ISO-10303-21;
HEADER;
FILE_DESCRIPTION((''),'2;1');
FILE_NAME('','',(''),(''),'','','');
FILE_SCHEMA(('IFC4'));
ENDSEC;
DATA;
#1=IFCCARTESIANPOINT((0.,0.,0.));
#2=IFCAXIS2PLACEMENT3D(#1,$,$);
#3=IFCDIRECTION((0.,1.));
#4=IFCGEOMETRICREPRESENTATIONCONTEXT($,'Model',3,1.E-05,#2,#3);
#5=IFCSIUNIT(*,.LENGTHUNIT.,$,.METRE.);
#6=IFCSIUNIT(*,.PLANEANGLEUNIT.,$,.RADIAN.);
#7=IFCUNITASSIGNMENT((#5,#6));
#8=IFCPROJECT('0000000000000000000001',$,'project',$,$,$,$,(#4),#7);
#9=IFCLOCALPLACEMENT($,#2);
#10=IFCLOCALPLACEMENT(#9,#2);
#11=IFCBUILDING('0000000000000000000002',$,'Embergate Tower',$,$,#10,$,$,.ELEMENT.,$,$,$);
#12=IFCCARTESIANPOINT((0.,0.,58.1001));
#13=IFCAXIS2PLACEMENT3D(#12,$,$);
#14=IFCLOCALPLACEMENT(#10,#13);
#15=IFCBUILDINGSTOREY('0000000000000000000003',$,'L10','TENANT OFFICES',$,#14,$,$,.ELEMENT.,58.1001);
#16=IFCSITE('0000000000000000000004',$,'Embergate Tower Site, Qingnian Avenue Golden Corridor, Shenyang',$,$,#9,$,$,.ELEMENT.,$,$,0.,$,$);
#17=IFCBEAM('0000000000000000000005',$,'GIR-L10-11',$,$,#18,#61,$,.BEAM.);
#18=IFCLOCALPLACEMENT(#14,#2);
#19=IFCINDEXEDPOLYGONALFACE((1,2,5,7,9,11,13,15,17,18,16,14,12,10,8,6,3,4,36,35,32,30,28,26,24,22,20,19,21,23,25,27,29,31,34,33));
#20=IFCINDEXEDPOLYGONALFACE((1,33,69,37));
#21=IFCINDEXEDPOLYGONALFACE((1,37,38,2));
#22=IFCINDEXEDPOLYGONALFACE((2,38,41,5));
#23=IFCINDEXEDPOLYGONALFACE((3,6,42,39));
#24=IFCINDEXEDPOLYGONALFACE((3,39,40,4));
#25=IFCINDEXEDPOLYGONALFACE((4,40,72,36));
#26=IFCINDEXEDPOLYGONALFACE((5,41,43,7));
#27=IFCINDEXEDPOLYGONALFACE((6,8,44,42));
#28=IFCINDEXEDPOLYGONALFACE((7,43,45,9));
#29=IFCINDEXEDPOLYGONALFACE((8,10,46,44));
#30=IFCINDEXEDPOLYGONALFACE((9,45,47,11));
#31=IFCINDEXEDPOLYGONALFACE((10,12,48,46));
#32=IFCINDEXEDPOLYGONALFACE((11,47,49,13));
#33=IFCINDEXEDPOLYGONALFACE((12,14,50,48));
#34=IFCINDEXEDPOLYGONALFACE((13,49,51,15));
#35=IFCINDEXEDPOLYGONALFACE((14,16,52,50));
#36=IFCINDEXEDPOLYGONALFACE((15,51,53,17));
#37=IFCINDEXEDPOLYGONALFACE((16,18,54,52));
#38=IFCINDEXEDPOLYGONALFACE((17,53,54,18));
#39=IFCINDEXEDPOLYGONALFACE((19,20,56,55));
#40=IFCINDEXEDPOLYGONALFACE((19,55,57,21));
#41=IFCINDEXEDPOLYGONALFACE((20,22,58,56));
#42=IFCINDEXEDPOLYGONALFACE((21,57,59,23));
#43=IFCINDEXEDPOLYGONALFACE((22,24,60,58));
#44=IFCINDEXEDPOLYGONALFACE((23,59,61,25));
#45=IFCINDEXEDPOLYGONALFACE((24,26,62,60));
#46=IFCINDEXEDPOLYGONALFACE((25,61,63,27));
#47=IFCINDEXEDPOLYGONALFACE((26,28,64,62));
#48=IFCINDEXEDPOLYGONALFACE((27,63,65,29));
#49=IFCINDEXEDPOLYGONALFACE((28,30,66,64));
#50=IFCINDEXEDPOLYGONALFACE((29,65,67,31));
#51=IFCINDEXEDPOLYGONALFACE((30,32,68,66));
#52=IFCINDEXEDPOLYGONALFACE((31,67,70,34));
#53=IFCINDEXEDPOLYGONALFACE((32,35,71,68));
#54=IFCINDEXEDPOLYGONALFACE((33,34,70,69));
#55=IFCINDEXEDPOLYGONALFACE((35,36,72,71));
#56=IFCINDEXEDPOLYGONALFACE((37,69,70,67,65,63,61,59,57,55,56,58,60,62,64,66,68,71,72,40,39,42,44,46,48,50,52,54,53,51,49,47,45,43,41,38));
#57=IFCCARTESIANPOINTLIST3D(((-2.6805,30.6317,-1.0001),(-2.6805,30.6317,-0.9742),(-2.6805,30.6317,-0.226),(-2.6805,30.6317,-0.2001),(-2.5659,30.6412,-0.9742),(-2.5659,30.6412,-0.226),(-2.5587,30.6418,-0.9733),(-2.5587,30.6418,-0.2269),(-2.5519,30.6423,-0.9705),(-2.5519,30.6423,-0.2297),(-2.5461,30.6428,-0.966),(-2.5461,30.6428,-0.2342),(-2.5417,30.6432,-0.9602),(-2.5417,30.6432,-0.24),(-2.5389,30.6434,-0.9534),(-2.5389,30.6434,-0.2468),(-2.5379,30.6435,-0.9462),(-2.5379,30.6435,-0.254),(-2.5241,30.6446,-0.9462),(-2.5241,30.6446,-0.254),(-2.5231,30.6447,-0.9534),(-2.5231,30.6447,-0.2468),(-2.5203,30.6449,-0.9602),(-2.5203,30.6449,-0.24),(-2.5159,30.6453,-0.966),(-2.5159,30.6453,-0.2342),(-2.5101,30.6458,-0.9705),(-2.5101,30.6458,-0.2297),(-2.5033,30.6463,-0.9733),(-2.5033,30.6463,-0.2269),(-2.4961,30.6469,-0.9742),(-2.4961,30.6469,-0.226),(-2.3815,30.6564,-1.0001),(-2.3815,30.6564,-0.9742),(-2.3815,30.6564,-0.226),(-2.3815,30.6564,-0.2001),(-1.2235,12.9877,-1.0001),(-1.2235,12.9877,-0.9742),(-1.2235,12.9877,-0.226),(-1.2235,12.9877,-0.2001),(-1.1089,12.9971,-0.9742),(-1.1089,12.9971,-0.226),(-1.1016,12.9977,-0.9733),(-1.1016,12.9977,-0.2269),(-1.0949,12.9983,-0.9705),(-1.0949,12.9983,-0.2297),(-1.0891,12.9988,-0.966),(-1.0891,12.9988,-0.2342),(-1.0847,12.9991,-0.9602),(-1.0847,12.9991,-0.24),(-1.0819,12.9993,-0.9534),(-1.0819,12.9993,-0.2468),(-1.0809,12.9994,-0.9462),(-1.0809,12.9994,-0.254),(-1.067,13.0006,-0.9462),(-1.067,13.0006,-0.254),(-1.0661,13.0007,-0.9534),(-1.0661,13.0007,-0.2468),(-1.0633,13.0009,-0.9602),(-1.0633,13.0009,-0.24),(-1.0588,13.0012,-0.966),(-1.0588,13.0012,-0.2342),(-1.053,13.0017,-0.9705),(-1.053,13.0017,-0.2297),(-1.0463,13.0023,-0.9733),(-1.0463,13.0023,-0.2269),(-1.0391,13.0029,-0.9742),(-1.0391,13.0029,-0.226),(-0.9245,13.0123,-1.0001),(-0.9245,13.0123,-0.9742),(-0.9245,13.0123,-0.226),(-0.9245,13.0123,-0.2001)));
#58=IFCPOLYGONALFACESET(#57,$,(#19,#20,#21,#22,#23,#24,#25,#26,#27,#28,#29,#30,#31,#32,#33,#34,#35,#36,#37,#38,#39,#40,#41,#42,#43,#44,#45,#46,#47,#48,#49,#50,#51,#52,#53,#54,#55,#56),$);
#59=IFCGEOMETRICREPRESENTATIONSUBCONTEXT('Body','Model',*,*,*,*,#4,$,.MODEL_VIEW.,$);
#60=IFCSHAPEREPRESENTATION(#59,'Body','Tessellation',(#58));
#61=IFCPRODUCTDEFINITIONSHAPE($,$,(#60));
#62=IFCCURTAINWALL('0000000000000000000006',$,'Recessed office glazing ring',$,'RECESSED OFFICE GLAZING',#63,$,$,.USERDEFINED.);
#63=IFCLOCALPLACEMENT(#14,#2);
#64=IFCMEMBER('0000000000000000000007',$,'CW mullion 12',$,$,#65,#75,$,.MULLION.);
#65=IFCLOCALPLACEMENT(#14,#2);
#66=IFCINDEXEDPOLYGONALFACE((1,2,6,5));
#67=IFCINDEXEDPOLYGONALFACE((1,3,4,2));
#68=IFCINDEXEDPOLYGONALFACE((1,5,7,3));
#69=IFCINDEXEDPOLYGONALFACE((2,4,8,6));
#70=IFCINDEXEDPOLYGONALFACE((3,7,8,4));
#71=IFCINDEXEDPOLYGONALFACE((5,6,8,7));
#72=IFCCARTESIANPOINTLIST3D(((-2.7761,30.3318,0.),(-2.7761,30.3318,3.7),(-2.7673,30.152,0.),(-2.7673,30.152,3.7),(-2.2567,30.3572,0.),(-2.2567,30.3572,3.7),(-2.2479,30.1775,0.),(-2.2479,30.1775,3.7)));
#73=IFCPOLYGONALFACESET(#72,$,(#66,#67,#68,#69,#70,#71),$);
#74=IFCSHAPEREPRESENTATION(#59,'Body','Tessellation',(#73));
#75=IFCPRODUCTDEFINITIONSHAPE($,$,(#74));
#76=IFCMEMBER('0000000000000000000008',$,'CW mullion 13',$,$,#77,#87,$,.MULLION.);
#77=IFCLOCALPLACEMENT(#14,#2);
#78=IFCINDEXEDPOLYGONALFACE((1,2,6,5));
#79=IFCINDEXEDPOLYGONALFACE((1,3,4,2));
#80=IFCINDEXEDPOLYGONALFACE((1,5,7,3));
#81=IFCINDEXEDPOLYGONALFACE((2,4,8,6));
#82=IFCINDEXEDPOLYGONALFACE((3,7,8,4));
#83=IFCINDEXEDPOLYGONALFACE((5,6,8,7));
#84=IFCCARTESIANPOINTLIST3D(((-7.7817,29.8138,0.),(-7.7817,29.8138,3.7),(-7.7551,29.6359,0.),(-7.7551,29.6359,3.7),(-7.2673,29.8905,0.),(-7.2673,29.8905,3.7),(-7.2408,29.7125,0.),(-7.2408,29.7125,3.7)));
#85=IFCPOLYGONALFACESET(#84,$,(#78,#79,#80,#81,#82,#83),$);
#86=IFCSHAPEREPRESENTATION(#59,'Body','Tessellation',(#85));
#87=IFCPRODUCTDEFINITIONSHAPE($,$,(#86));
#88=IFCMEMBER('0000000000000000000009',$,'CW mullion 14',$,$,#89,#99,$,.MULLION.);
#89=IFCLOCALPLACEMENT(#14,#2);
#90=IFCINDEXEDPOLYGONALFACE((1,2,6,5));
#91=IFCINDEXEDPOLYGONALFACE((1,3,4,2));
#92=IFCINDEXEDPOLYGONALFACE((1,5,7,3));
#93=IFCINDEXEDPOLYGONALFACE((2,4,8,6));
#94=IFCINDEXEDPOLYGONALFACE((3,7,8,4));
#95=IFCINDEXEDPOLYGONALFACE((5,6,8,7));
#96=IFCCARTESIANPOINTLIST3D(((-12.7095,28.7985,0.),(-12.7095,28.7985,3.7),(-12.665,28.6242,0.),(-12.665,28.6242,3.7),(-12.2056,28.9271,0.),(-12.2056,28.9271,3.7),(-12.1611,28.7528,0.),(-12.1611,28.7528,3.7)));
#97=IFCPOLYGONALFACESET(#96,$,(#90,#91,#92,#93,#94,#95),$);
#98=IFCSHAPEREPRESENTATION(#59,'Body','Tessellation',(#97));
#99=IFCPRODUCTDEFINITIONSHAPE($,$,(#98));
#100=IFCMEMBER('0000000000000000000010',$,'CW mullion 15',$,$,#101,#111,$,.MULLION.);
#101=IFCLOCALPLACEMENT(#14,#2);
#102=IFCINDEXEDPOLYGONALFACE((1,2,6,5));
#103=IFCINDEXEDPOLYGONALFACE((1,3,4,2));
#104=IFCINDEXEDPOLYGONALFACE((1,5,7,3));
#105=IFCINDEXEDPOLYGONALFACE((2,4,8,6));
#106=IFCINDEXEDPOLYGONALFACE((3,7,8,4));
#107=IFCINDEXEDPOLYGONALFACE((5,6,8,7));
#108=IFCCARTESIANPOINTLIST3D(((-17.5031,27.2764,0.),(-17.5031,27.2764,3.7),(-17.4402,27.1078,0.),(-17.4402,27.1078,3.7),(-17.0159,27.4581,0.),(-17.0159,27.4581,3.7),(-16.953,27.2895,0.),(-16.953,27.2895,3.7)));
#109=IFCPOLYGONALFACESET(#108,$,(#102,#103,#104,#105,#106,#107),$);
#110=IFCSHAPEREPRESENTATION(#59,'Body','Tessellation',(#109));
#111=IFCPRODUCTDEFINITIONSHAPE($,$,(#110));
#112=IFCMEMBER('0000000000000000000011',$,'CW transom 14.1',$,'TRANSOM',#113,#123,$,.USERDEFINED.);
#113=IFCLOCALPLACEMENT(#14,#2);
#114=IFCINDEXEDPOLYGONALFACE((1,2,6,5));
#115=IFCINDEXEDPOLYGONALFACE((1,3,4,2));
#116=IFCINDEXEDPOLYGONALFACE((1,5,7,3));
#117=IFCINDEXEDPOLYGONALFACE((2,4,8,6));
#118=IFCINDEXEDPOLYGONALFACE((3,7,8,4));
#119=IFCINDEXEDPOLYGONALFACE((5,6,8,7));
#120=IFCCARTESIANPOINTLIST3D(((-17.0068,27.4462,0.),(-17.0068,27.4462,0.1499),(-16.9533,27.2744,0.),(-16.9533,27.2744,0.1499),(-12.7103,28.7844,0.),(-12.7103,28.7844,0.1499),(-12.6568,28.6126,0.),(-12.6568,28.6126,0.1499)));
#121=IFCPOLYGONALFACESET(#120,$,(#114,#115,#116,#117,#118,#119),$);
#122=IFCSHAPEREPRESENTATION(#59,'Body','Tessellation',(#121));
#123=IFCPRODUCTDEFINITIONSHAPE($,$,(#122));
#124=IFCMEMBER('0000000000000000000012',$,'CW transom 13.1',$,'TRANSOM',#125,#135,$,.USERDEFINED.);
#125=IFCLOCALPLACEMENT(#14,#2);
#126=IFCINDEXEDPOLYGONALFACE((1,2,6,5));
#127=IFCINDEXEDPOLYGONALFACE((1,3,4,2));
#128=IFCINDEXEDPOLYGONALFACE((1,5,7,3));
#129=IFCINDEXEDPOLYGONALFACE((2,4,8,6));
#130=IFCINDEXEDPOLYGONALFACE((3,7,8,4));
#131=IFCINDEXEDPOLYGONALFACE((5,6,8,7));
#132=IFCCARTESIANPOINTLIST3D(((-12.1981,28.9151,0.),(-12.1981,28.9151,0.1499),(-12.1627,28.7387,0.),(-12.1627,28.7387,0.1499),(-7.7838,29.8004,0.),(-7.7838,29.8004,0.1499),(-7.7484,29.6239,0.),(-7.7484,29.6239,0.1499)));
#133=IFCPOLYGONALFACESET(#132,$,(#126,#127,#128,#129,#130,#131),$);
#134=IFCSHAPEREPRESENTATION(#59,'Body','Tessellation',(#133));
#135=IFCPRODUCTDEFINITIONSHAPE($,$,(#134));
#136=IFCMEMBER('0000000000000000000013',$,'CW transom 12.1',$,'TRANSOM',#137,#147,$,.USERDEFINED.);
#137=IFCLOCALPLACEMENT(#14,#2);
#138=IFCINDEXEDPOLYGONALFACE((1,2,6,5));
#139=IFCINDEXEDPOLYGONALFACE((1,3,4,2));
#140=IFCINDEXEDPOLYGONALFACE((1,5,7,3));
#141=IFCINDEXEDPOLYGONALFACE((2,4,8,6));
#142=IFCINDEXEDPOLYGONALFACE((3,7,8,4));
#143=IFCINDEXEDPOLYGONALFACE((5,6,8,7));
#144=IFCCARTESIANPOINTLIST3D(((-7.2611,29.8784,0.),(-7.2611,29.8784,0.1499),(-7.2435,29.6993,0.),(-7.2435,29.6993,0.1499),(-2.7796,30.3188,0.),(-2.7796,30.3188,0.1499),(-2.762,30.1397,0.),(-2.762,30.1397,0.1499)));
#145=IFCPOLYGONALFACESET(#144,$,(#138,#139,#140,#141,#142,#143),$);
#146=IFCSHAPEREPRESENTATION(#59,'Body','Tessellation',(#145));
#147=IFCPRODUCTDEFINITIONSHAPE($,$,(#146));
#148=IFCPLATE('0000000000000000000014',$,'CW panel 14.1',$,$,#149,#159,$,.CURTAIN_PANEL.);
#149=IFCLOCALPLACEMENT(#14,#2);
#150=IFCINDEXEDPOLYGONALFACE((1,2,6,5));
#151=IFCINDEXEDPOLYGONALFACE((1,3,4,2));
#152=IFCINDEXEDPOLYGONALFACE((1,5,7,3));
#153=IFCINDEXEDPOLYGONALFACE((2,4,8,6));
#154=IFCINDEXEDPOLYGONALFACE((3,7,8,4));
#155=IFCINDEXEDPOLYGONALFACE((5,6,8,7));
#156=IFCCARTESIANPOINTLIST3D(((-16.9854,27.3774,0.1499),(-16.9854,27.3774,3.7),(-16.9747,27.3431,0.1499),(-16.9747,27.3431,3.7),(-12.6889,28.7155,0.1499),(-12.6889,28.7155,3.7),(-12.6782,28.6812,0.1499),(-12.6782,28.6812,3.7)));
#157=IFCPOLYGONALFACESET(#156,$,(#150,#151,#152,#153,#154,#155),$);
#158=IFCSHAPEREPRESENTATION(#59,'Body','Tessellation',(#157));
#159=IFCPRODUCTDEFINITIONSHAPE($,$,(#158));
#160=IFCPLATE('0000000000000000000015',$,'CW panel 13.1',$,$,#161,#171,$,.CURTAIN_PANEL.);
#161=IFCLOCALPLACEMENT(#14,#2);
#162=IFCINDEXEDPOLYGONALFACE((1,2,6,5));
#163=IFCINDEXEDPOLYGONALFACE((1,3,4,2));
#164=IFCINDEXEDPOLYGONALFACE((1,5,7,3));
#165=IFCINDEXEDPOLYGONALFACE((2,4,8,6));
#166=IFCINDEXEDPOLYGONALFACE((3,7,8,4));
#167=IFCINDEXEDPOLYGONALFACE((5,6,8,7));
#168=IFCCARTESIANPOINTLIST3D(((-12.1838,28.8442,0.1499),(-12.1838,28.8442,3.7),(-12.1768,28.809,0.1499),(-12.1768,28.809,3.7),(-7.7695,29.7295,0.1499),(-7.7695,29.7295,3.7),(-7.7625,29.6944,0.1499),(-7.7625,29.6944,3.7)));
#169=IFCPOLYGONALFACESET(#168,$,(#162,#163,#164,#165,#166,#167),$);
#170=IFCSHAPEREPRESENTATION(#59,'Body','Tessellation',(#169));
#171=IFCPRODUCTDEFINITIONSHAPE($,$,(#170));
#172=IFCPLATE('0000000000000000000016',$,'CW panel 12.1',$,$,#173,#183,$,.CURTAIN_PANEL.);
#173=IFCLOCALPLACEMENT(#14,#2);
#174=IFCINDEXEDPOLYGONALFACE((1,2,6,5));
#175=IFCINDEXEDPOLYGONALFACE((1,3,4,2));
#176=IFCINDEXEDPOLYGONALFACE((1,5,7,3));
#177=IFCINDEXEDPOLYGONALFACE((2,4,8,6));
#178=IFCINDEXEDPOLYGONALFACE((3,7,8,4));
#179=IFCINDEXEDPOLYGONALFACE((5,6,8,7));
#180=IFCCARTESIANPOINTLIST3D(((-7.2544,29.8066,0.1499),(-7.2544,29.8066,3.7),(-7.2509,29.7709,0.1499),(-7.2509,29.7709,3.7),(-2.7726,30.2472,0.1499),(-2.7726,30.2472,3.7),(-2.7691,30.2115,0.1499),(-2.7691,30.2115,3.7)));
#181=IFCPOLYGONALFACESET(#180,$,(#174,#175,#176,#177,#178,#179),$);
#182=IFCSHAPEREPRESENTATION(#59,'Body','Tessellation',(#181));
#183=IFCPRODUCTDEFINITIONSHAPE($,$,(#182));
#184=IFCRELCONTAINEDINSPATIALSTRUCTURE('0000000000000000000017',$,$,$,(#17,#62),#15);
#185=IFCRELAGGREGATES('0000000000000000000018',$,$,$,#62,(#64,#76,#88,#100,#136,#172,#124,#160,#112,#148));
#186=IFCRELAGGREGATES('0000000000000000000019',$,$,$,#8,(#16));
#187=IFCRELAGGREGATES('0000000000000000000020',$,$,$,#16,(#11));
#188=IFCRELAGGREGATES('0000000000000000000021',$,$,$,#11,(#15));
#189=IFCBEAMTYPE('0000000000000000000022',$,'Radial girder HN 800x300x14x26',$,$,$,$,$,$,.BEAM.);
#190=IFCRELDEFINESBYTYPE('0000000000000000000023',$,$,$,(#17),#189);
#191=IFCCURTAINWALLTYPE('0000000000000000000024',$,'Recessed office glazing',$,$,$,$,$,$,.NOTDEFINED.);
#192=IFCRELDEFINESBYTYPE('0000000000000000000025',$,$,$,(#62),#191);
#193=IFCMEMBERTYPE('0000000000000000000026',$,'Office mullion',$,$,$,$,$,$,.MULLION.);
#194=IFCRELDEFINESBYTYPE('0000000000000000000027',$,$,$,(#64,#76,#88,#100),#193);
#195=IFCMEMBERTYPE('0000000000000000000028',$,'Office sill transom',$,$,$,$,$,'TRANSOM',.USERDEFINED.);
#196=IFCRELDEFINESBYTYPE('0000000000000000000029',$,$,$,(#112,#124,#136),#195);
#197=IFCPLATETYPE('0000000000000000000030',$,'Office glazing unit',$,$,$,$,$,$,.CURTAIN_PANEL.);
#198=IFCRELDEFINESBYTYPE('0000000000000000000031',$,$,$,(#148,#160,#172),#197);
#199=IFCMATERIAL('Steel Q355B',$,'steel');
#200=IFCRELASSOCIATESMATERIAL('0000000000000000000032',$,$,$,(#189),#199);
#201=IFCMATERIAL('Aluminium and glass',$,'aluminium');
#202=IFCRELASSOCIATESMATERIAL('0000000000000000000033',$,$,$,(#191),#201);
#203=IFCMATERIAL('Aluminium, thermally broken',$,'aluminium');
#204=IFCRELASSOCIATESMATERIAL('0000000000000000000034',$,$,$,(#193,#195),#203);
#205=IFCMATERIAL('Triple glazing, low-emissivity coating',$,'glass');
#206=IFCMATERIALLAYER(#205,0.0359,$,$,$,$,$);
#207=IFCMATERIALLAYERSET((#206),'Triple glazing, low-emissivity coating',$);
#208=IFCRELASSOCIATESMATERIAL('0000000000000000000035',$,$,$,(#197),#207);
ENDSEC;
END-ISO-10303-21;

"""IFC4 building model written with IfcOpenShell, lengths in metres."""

from ifc_helpers import new_model, si_unit, direction, frame, origin, origin_2d, place, context, subcontext, project, spatial, rectangle, i_section, extrude, source, transform, mapped, material, layer, layer_set, material_profile, profile_set, type_object, element, aggregate, save


model = new_model("IFC4")

# Units and contexts
model_context = context("Model", 3, precision=1e-05, world=origin(), true_north=direction((0.0, 1.0)))
body_context = subcontext(model_context, "Body", "Model", "MODEL_VIEW")
ifc_project = project(units=[si_unit("LENGTHUNIT", "METRE"), si_unit("PLANEANGLEUNIT", "RADIAN")], contexts=[model_context])

# Site, building, storey
site_placement = place(None, origin())
site = spatial("IfcSite", under=ifc_project, at=site_placement, Name="Embergate Tower Site, Qingnian Avenue Golden Corridor, Shenyang", CompositionType="ELEMENT", RefElevation=0.0)
building_placement = place(site_placement, origin())
building = spatial("IfcBuilding", under=site, at=building_placement, Name="Embergate Tower", CompositionType="ELEMENT")
storey_placement = place(building_placement, frame((0.0, 0.0, 58.1001)))
storey = spatial("IfcBuildingStorey", under=building, at=storey_placement, Name="L10", Description="TENANT OFFICES", CompositionType="ELEMENT", Elevation=58.1001)

# Beam
ifc_material_1 = material(Name="Steel Q355B", Category="steel")
ifc_material_profile_1 = material_profile(ifc_material_1, i_section(OverallWidth=0.3, OverallDepth=0.8, WebThickness=0.0139, FlangeThickness=0.0259, FilletRadius=0.0281, at=origin_2d()), Name="HN 800x300x14x26")
ifc_profile_set_1 = profile_set([ifc_material_profile_1], Name="Steel Q355 grade B")
beam_type_1 = type_object("IfcBeamType", Name="Radial girder HN 800x300x14x26", PredefinedType="BEAM", material=ifc_profile_set_1)
shared_shape_1 = source(origin(), body_context, "Body", "SweptSolid", [
    extrude(i_section(OverallWidth=0.3, OverallDepth=0.8, WebThickness=0.0139, FlangeThickness=0.0259, FilletRadius=0.0281, at=origin_2d()), origin(), (0.0, 0.0, 1.0), 17.7041),
])
beam_1_placement = place(storey_placement, frame((-2.531, 30.644, -0.6001), z_axis=(0.082299, -0.996608, 0.0), x_axis=(0.996608, 0.082299, 0.0)))
element("IfcBeam", 1, at=beam_1_placement, inside=storey, type_object=beam_type_1, Name="GIR-L10-11", PredefinedType="BEAM", context=body_context, shape_type="MappedRepresentation", body=[
    mapped(shared_shape_1, transform((0.0, 0.0, 0.0))),
])

# Curtain wall, members, plates
ifc_material_2 = material(Name="Aluminium and glass", Category="aluminium")
curtain_wall_type = type_object("IfcCurtainWallType", Name="Recessed office glazing", PredefinedType="NOTDEFINED", material=ifc_material_2)
curtain_wall_placement = place(storey_placement, origin())
curtain_wall = element("IfcCurtainWall", 2, at=curtain_wall_placement, inside=storey, type_object=curtain_wall_type, Name="Recessed office glazing ring", ObjectType="RECESSED OFFICE GLAZING", PredefinedType="USERDEFINED")
ifc_material_3 = material(Name="Aluminium, thermally broken", Category="aluminium")
ifc_material_profile_2 = material_profile(ifc_material_3, rectangle(XDim=0.1799, YDim=0.52, at=origin_2d()), Name="AL 520x180")
ifc_profile_set_2 = profile_set([ifc_material_profile_2], Name="Aluminium, thermally broken")
member_type_1 = type_object("IfcMemberType", Name="Office mullion", PredefinedType="MULLION", material=ifc_profile_set_2)
shared_shape_2 = source(origin(), body_context, "Body", "SweptSolid", [
    extrude(rectangle(XDim=0.1799, YDim=0.52, at=origin_2d()), origin(), (0.0, 0.0, 1.0), 3.7),
])
member_1_placement = place(storey_placement, frame((-2.512, 30.2546, 0.0), z_axis=(0.0, 0.0, 1.0), x_axis=(0.048972, -0.9988, 0.0)))
member_1 = element("IfcMember", 3, at=member_1_placement, type_object=member_type_1, Name="CW mullion 12", PredefinedType="MULLION", context=body_context, shape_type="MappedRepresentation", body=[
    mapped(shared_shape_2, transform((0.0, 0.0, 0.0))),
])
member_2_placement = place(storey_placement, frame((-7.5112, 29.7632, 0.0), z_axis=(0.0, 0.0, 1.0), x_axis=(0.147416, -0.989075, 0.0)))
member_2 = element("IfcMember", 4, at=member_2_placement, type_object=member_type_1, Name="CW mullion 13", PredefinedType="MULLION", context=body_context, shape_type="MappedRepresentation", body=[
    mapped(shared_shape_2, transform((0.0, 0.0, 0.0))),
])
member_3_placement = place(storey_placement, frame((-12.4353, 28.7756, 0.0), z_axis=(0.0, 0.0, 1.0), x_axis=(0.247319, -0.968934, 0.0)))
member_3 = element("IfcMember", 5, at=member_3_placement, type_object=member_type_1, Name="CW mullion 14", PredefinedType="MULLION", context=body_context, shape_type="MappedRepresentation", body=[
    mapped(shared_shape_2, transform((0.0, 0.0, 0.0))),
])
member_4_placement = place(storey_placement, frame((-17.228, 27.283, 0.0), z_axis=(0.0, 0.0, 1.0), x_axis=(0.349511, -0.936932, 0.0)))
member_4 = element("IfcMember", 6, at=member_4_placement, type_object=member_type_1, Name="CW mullion 15", PredefinedType="MULLION", context=body_context, shape_type="MappedRepresentation", body=[
    mapped(shared_shape_2, transform((0.0, 0.0, 0.0))),
])
ifc_material_profile_3 = material_profile(ifc_material_3, rectangle(XDim=0.1799, YDim=0.1499, at=origin_2d()), Name="AL 150x180")
ifc_profile_set_3 = profile_set([ifc_material_profile_3], Name="Aluminium, thermally broken")
member_type_2 = type_object("IfcMemberType", Name="Office sill transom", ElementType="TRANSOM", PredefinedType="USERDEFINED", material=ifc_profile_set_3)
shared_shape_3 = source(origin(), body_context, "Body", "SweptSolid", [
    extrude(rectangle(XDim=0.1799, YDim=0.1499, at=origin_2d()), origin(), (0.0, 0.0, 1.0), 4.5),
])
member_5_placement = place(storey_placement, frame((-12.6836, 28.6985, 0.075), z_axis=(-0.954763, -0.297367, 0.0), x_axis=(0.297367, -0.954763, 0.0)))
member_5 = element("IfcMember", 7, at=member_5_placement, type_object=member_type_2, Name="CW transom 14.1", ObjectType="TRANSOM", PredefinedType="USERDEFINED", context=body_context, shape_type="MappedRepresentation", body=[
    mapped(shared_shape_3, transform((0.0, 0.0, 0.0))),
])
shared_shape_4 = source(origin(), body_context, "Body", "SweptSolid", [
    extrude(rectangle(XDim=0.1799, YDim=0.1499, at=origin_2d()), origin(), (0.0, 0.0, 1.0), 4.5022),
])
member_6_placement = place(storey_placement, frame((-7.7661, 29.7122, 0.075), z_axis=(-0.980478, -0.196627, 0.0), x_axis=(0.196627, -0.980478, 0.0)))
member_6 = element("IfcMember", 8, at=member_6_placement, type_object=member_type_2, Name="CW transom 13.1", ObjectType="TRANSOM", PredefinedType="USERDEFINED", context=body_context, shape_type="MappedRepresentation", body=[
    mapped(shared_shape_4, transform((0.0, 0.0, 0.0))),
])
shared_shape_5 = source(origin(), body_context, "Body", "SweptSolid", [
    extrude(rectangle(XDim=0.1799, YDim=0.1499, at=origin_2d()), origin(), (0.0, 0.0, 1.0), 4.5032),
])
member_7_placement = place(storey_placement, frame((-2.7708, 30.2292, 0.075), z_axis=(-0.995206, -0.097802, 0.0), x_axis=(0.097802, -0.995206, 0.0)))
member_7 = element("IfcMember", 9, at=member_7_placement, type_object=member_type_2, Name="CW transom 12.1", ObjectType="TRANSOM", PredefinedType="USERDEFINED", context=body_context, shape_type="MappedRepresentation", body=[
    mapped(shared_shape_5, transform((0.0, 0.0, 0.0))),
])
ifc_material_4 = material(Name="Triple glazing, low-emissivity coating", Category="glass")
ifc_layer_1 = layer(ifc_material_4, 0.0359)
ifc_layer_set_1 = layer_set([ifc_layer_1], Name="Triple glazing, low-emissivity coating")
plate_type = type_object("IfcPlateType", Name="Office glazing unit", PredefinedType="CURTAIN_PANEL", material=ifc_layer_set_1)
shared_shape_6 = source(origin(), body_context, "Body", "SweptSolid", [
    extrude(rectangle(XDim=4.5, YDim=0.0359, at=origin_2d()), origin(), (0.0, 0.0, 1.0), 3.55),
])
plate_1_placement = place(storey_placement, frame((-14.8318, 28.0293, 0.1499), z_axis=(0.0, 0.0, 1.0), x_axis=(-0.95477, -0.297345, 0.0)))
plate_1 = element("IfcPlate", 10, at=plate_1_placement, type_object=plate_type, Name="CW panel 14.1", PredefinedType="CURTAIN_PANEL", context=body_context, shape_type="MappedRepresentation", body=[
    mapped(shared_shape_6, transform((0.0, 0.0, 0.0))),
])
shared_shape_7 = source(origin(), body_context, "Body", "SweptSolid", [
    extrude(rectangle(XDim=4.5022, YDim=0.0359, at=origin_2d()), origin(), (0.0, 0.0, 1.0), 3.55),
])
plate_2_placement = place(storey_placement, frame((-9.9731, 29.2693, 0.1499), z_axis=(0.0, 0.0, 1.0), x_axis=(-0.980475, -0.196644, 0.0)))
plate_2 = element("IfcPlate", 11, at=plate_2_placement, type_object=plate_type, Name="CW panel 13.1", PredefinedType="CURTAIN_PANEL", context=body_context, shape_type="MappedRepresentation", body=[
    mapped(shared_shape_7, transform((0.0, 0.0, 0.0))),
])
shared_shape_8 = source(origin(), body_context, "Body", "SweptSolid", [
    extrude(rectangle(XDim=4.5034, YDim=0.0359, at=origin_2d()), origin(), (0.0, 0.0, 1.0), 3.55),
])
plate_3_placement = place(storey_placement, frame((-5.0117, 30.009, 0.1499), z_axis=(0.0, 0.0, 1.0), x_axis=(-0.995203, -0.097831, 0.0)))
plate_3 = element("IfcPlate", 12, at=plate_3_placement, type_object=plate_type, Name="CW panel 12.1", PredefinedType="CURTAIN_PANEL", context=body_context, shape_type="MappedRepresentation", body=[
    mapped(shared_shape_8, transform((0.0, 0.0, 0.0))),
])
aggregate(curtain_wall, [member_1, member_2, member_3, member_4, member_7, plate_3, member_6, plate_2, member_5, plate_1])

save(model, "model.ifc")
